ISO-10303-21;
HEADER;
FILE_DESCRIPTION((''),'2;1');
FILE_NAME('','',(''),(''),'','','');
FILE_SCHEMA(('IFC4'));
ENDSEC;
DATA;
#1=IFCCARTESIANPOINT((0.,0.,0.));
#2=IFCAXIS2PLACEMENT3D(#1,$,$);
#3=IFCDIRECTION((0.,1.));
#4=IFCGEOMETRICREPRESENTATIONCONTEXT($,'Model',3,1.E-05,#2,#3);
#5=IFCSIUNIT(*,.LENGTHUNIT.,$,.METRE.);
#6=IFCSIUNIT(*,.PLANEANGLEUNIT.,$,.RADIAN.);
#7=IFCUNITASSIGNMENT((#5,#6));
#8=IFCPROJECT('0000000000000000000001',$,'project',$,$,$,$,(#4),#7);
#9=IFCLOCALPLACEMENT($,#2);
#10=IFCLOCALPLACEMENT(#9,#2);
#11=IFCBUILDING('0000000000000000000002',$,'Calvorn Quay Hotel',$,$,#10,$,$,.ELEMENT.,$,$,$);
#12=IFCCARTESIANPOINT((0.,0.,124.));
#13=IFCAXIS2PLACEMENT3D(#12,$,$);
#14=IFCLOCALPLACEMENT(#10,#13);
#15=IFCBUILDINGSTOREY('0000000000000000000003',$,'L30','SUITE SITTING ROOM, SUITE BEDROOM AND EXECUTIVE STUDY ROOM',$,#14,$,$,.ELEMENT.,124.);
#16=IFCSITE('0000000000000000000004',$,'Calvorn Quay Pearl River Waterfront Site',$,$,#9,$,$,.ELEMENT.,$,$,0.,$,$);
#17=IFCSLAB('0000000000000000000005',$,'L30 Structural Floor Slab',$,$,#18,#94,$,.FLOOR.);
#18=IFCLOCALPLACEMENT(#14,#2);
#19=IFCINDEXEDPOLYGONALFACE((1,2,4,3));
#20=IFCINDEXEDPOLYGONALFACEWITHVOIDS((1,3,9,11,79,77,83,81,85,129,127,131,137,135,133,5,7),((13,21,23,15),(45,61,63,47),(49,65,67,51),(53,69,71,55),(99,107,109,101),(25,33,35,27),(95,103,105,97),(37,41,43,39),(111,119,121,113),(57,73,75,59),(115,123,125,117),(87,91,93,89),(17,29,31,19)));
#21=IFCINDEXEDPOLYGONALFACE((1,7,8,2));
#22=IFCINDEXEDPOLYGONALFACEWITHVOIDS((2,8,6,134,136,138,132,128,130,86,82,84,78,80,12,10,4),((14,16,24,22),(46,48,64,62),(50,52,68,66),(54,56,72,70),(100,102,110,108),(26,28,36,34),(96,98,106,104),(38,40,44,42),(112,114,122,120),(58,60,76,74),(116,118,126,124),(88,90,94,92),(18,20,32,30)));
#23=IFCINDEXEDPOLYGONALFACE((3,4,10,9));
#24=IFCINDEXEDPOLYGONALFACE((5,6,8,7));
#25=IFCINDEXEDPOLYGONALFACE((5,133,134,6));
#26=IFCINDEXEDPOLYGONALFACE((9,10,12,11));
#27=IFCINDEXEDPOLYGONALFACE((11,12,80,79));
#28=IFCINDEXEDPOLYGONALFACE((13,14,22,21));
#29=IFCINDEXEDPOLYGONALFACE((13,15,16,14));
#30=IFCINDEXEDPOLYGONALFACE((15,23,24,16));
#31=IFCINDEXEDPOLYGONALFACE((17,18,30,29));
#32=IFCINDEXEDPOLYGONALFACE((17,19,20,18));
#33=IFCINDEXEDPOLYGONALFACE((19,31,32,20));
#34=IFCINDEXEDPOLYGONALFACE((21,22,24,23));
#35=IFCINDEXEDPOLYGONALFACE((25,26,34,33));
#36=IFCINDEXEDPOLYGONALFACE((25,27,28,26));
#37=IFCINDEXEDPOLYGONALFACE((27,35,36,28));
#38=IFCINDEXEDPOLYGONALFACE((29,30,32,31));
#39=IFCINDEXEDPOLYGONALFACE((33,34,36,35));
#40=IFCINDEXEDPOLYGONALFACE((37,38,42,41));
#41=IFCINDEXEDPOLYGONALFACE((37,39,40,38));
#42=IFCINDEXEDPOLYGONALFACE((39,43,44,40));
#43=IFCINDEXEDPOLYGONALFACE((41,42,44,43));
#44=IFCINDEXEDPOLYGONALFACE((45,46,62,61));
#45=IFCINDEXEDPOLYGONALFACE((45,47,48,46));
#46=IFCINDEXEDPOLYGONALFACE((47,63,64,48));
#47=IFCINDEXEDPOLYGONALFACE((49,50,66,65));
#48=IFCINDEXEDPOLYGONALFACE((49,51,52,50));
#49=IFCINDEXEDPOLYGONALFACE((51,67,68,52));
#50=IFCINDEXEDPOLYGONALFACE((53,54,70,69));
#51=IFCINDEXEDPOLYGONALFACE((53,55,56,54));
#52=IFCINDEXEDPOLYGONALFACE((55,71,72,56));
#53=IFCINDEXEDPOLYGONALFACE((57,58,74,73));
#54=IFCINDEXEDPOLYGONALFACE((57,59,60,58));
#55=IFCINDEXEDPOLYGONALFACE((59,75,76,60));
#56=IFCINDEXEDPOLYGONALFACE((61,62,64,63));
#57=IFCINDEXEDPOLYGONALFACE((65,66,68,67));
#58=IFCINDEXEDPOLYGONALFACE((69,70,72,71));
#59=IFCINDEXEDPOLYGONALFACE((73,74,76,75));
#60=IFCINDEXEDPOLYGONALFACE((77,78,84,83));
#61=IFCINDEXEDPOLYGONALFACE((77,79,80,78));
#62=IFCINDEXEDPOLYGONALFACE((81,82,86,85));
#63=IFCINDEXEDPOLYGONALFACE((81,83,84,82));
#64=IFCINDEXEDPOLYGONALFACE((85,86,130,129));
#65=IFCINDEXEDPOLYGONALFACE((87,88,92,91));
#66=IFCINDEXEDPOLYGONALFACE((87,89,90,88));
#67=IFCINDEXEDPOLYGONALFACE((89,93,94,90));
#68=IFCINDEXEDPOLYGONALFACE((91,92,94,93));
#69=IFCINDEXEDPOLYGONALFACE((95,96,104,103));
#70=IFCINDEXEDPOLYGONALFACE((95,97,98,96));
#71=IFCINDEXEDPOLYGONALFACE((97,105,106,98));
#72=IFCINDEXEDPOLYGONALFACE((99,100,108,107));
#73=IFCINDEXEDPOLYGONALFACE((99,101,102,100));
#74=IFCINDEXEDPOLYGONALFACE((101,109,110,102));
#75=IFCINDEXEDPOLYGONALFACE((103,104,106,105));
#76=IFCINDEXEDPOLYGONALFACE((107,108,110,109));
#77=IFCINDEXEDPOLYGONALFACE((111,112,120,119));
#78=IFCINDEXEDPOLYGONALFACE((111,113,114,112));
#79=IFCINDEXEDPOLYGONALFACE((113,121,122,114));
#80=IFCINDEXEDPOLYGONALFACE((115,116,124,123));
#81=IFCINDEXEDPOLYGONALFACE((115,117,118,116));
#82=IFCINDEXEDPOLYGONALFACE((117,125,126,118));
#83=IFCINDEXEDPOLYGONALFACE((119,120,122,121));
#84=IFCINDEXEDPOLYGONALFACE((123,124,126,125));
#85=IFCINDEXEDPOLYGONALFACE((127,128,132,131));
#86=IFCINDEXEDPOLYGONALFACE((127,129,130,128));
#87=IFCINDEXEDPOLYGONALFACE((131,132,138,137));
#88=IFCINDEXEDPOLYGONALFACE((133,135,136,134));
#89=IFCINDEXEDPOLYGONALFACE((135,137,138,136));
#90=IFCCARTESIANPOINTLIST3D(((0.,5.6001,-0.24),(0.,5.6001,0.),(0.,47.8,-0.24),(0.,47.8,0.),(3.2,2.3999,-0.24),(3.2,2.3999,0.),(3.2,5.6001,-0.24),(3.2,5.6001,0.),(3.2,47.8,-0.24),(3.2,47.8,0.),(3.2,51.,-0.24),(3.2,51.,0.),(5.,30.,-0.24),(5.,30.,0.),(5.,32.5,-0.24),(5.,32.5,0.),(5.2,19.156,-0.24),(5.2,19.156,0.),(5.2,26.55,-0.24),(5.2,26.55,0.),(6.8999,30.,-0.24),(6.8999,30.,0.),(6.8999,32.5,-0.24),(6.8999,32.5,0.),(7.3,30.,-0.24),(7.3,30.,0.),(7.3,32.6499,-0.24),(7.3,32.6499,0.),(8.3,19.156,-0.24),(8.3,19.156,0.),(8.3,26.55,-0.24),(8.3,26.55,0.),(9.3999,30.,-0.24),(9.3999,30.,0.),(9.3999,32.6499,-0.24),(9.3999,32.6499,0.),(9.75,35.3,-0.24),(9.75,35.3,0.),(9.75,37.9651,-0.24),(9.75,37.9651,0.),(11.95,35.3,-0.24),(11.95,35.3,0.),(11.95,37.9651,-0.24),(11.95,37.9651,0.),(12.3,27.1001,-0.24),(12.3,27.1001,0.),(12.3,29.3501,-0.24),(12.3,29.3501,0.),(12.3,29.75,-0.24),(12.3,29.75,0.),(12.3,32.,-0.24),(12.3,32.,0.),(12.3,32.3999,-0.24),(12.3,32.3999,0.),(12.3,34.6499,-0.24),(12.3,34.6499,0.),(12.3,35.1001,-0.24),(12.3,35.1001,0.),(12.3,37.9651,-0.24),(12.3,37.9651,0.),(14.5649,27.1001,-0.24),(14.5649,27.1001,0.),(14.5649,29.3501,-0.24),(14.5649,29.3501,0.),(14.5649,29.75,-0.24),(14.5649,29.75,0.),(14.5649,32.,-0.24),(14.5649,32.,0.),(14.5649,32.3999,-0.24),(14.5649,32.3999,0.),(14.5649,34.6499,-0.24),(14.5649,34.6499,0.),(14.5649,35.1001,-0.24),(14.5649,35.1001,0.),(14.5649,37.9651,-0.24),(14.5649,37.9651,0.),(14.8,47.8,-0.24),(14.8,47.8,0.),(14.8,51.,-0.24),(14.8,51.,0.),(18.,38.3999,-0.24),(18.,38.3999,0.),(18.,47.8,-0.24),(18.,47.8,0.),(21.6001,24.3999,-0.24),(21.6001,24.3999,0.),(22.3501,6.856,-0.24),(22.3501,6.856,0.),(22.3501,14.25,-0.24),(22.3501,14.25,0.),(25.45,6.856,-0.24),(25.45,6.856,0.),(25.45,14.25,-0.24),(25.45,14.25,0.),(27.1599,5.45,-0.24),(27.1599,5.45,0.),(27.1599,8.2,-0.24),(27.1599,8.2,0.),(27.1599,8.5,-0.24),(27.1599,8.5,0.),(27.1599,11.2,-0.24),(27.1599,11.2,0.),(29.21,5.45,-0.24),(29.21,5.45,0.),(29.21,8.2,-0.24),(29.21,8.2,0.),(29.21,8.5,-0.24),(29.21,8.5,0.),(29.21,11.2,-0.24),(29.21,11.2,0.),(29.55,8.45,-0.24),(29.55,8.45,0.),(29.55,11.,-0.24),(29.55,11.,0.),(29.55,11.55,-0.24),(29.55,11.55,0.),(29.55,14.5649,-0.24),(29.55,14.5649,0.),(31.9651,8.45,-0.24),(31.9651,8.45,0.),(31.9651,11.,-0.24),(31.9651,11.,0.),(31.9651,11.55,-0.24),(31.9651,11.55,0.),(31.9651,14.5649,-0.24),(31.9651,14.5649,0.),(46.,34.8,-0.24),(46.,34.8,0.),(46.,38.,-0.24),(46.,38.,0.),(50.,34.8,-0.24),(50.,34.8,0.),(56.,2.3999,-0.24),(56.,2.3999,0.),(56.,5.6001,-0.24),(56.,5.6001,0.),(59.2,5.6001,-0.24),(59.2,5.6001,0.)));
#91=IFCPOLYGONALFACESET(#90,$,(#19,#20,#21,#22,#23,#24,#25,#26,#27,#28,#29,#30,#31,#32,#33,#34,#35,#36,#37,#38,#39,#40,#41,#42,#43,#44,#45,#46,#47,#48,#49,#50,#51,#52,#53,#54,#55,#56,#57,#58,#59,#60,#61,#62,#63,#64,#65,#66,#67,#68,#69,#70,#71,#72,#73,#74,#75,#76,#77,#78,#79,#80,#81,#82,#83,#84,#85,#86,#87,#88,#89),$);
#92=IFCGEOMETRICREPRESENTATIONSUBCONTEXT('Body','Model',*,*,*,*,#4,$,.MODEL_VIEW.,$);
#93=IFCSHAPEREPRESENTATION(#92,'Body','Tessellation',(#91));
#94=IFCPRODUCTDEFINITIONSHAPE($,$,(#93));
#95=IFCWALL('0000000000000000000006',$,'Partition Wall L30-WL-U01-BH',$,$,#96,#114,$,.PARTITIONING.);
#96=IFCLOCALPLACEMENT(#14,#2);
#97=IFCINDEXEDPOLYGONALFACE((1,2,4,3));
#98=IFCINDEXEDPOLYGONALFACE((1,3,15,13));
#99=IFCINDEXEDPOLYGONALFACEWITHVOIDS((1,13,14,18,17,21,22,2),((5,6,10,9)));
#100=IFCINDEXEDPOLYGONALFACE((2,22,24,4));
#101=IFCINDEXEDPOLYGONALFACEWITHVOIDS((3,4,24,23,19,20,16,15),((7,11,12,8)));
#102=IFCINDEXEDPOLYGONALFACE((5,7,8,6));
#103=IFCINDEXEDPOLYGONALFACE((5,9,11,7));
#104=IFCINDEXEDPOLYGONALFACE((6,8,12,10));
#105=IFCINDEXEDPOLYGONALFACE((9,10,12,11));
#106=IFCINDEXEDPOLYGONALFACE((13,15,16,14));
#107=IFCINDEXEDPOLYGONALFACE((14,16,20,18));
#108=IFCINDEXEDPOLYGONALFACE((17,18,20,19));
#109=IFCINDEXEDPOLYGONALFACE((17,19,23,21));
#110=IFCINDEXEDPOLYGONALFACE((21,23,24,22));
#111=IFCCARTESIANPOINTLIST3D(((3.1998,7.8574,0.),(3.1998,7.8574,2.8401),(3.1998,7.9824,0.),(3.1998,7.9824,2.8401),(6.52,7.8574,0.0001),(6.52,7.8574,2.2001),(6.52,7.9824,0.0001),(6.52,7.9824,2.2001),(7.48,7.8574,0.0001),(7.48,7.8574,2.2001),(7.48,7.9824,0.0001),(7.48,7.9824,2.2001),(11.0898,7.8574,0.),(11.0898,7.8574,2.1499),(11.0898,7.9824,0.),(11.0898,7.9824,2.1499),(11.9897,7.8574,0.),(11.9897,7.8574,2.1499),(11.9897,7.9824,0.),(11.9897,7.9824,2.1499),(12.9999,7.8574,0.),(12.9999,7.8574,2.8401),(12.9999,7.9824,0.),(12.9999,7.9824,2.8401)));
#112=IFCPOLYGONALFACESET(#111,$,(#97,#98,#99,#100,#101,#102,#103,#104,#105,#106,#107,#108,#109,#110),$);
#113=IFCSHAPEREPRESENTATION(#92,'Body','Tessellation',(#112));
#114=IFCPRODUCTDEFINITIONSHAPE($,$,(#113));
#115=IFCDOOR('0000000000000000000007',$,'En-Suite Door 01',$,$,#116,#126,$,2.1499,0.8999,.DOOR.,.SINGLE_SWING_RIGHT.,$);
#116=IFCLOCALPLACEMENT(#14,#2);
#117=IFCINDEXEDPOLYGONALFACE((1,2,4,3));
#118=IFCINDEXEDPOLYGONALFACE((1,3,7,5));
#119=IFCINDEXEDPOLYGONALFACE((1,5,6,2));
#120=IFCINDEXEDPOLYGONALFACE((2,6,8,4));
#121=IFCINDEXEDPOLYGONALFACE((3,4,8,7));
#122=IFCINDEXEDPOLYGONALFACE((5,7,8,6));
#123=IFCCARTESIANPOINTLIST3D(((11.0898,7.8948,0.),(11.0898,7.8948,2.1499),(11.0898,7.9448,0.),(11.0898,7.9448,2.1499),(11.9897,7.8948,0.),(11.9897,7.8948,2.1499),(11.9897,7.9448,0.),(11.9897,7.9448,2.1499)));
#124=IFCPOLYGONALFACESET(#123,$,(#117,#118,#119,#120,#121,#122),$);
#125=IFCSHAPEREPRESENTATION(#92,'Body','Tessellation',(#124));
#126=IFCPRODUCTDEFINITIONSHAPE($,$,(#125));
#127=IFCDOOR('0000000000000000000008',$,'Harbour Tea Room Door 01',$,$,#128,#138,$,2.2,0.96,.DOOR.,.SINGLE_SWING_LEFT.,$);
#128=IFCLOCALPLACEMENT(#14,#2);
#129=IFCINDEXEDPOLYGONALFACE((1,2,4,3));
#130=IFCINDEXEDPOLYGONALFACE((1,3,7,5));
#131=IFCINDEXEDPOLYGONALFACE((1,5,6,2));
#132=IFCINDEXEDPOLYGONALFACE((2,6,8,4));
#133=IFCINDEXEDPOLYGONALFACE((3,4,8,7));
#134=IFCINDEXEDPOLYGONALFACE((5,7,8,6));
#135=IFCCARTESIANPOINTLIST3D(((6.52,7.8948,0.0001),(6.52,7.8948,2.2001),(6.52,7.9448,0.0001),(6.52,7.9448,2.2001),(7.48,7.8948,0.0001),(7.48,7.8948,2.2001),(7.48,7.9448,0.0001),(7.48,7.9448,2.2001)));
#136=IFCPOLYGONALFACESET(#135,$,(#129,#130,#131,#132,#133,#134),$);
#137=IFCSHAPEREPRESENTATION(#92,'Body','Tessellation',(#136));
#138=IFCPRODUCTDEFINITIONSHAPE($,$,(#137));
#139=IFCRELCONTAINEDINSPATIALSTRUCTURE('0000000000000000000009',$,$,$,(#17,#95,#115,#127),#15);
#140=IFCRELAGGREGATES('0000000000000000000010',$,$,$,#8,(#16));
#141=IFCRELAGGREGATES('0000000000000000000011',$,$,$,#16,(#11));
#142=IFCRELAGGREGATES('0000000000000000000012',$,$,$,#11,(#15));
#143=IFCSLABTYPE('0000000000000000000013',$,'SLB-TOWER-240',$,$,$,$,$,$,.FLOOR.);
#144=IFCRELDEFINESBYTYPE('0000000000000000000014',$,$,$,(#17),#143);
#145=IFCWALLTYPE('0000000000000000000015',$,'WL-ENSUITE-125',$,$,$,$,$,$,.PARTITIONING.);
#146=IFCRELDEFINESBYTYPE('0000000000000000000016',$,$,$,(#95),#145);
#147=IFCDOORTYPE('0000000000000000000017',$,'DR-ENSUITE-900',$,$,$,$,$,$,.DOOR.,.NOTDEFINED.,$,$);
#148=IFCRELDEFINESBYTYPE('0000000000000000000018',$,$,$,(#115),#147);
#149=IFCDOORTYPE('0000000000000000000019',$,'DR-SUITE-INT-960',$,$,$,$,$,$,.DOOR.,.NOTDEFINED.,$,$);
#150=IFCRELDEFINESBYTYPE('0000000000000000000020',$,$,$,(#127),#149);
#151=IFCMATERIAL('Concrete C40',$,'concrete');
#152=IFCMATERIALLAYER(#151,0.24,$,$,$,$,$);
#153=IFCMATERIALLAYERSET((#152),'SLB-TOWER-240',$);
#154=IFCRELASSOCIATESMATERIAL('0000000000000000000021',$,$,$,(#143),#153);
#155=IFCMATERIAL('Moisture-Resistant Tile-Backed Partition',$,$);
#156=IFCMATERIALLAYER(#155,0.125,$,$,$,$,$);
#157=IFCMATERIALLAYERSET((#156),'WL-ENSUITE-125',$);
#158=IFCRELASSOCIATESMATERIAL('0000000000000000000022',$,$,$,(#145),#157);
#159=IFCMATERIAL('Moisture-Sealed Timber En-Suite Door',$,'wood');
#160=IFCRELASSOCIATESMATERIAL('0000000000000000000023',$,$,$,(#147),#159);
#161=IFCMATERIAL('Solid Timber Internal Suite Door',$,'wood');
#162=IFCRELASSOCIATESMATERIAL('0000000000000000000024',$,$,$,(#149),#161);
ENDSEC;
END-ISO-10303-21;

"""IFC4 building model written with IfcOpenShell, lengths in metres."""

from ifc_helpers import new_model, si_unit, direction, frame, frame_2d, origin, place, context, subcontext, project, spatial, polyline, rectangle, outline, extrude, material, layer, layer_set, type_object, element, fill, save


model = new_model("IFC4")

# Units and contexts
model_context = context("Model", 3, precision=1e-05, world=origin(), true_north=direction((0.0, 1.0)))
body_context = subcontext(model_context, "Body", "Model", "MODEL_VIEW")
ifc_project = project(units=[si_unit("LENGTHUNIT", "METRE"), si_unit("PLANEANGLEUNIT", "RADIAN")], contexts=[model_context])

# Site, building, storey
site_placement = place(None, origin())
site = spatial("IfcSite", under=ifc_project, at=site_placement, Name="Calvorn Quay Pearl River Waterfront Site", CompositionType="ELEMENT", RefElevation=0.0)
building_placement = place(site_placement, origin())
building = spatial("IfcBuilding", under=site, at=building_placement, Name="Calvorn Quay Hotel", CompositionType="ELEMENT")
storey_placement = place(building_placement, frame((0.0, 0.0, 124.0)))
storey = spatial("IfcBuildingStorey", under=building, at=storey_placement, Name="L30", Description="SUITE SITTING ROOM, SUITE BEDROOM AND EXECUTIVE STUDY ROOM", CompositionType="ELEMENT", Elevation=124.0)

# Slab
ifc_material_1 = material(Name="Concrete C40", Category="concrete")
ifc_layer_1 = layer(ifc_material_1, 0.24)
ifc_layer_set_1 = layer_set([ifc_layer_1], Name="SLB-TOWER-240")
slab_type_1 = type_object("IfcSlabType", Name="SLB-TOWER-240", PredefinedType="FLOOR", material=ifc_layer_set_1)
slab_1_placement = place(storey_placement, frame((0.0, 0.0, -0.24)))
element("IfcSlab", 1, at=slab_1_placement, inside=storey, type_object=slab_type_1, Name="L30 Structural Floor Slab", PredefinedType="FLOOR", context=body_context, shape_type="SweptSolid", body=[
    extrude(outline(polyline([(0.0, 5.6001), (3.2, 5.6001), (3.2, 2.3999), (56.0, 2.3999), (56.0, 5.6001), (59.2, 5.6001), (50.0, 34.8), (46.0, 34.8), (46.0, 38.0), (21.6001, 24.3999), (18.0, 38.3999), (18.0, 47.8), (14.8, 47.8), (14.8, 51.0), (3.2, 51.0), (3.2, 47.8), (0.0, 47.8), (0.0, 5.6001)]), holes=[polyline([(5.2, 19.156), (8.3, 19.156), (8.3, 26.55), (5.2, 26.55), (5.2, 19.156)]), polyline([(22.3501, 6.856), (25.45, 6.856), (25.45, 14.25), (22.3501, 14.25), (22.3501, 6.856)]), polyline([(5.0, 30.0), (6.8999, 30.0), (6.8999, 32.5), (5.0, 32.5), (5.0, 30.0)]), polyline([(7.3, 30.0), (9.3999, 30.0), (9.3999, 32.6499), (7.3, 32.6499), (7.3, 30.0)]), polyline([(27.1599, 8.5), (29.21, 8.5), (29.21, 11.2), (27.1599, 11.2), (27.1599, 8.5)]), polyline([(27.1599, 5.45), (29.21, 5.45), (29.21, 8.2), (27.1599, 8.2), (27.1599, 5.45)]), polyline([(12.3, 27.1001), (14.5649, 27.1001), (14.5649, 29.3501), (12.3, 29.3501), (12.3, 27.1001)]), polyline([(12.3, 29.75), (14.5649, 29.75), (14.5649, 32.0), (12.3, 32.0), (12.3, 29.75)]), polyline([(12.3, 32.3999), (14.5649, 32.3999), (14.5649, 34.6499), (12.3, 34.6499), (12.3, 32.3999)]), polyline([(12.3, 35.1001), (14.5649, 35.1001), (14.5649, 37.9651), (12.3, 37.9651), (12.3, 35.1001)]), polyline([(9.75, 35.3), (11.95, 35.3), (11.95, 37.9651), (9.75, 37.9651), (9.75, 35.3)]), polyline([(29.55, 11.55), (31.9651, 11.55), (31.9651, 14.5649), (29.55, 14.5649), (29.55, 11.55)]), polyline([(29.55, 8.45), (31.9651, 8.45), (31.9651, 11.0), (29.55, 11.0), (29.55, 8.45)])]), origin(), (0.0, 0.0, 1.0), 0.24),
])

# Wall, openings, doors
ifc_material_2 = material(Name="Moisture-Resistant Tile-Backed Partition")
ifc_layer_2 = layer(ifc_material_2, 0.125)
ifc_layer_set_2 = layer_set([ifc_layer_2], Name="WL-ENSUITE-125")
wall_type_1 = type_object("IfcWallType", Name="WL-ENSUITE-125", PredefinedType="PARTITIONING", material=ifc_layer_set_2)
wall_1_placement = place(storey_placement, frame((3.2, 7.9199, 0.0), z_axis=(0.0, 0.0, 1.0), x_axis=(1.0, 0.0, 0.0)))
wall_1 = element("IfcWall", 2, at=wall_1_placement, inside=storey, type_object=wall_type_1, Name="Partition Wall L30-WL-U01-BH", PredefinedType="PARTITIONING", context=body_context, shape_type="SweptSolid", body=[
    extrude(rectangle(XDim=9.8, YDim=0.125, at=frame_2d((4.8999, 0.0))), origin(), (0.0, 0.0, 1.0), 2.8401),
])
opening_1_placement = place(wall_1_placement, frame((3.3201, 0.0, 0.0)))
opening_1 = element("IfcOpeningElement", 3, at=opening_1_placement, cuts=wall_1, PredefinedType="OPENING", context=body_context, shape_type="SweptSolid", body=[
    extrude(rectangle(XDim=0.96, YDim=2.2, at=frame_2d((0.48, 1.1001))), frame((0.0, 0.0725, 0.0), z_axis=(0.0, -1.0, 0.0), x_axis=(1.0, 0.0, 0.0)), (0.0, 0.0, 1.0), 0.145),
])
opening_2_placement = place(wall_1_placement, frame((7.8899, 0.0, 0.0)))
opening_2 = element("IfcOpeningElement", 4, at=opening_2_placement, cuts=wall_1, PredefinedType="OPENING", context=body_context, shape_type="SweptSolid", body=[
    extrude(rectangle(XDim=0.8999, YDim=2.1499, at=frame_2d((0.45, 1.075))), frame((0.0, 0.0725, 0.0), z_axis=(0.0, -1.0, 0.0), x_axis=(1.0, 0.0, 0.0)), (0.0, 0.0, 1.0), 0.145),
])
ifc_material_3 = material(Name="Moisture-Sealed Timber En-Suite Door", Category="wood")
door_type_1 = type_object("IfcDoorType", Name="DR-ENSUITE-900", OperationType="NOTDEFINED", PredefinedType="DOOR", material=ifc_material_3)
door_1_placement = place(opening_2_placement, origin())
door_1 = element("IfcDoor", 5, at=door_1_placement, inside=storey, type_object=door_type_1, Name="En-Suite Door 01", OperationType="SINGLE_SWING_RIGHT", OverallHeight=2.1499, OverallWidth=0.8999, PredefinedType="DOOR", context=body_context, shape_type="SweptSolid", body=[
    extrude(rectangle(XDim=0.8999, YDim=2.1499, at=frame_2d((0.45, 1.075))), frame((0.0, 0.0249, 0.0), z_axis=(0.0, -1.0, 0.0), x_axis=(1.0, 0.0, 0.0)), (0.0, 0.0, 1.0), 0.05),
])
fill(opening_2, door_1)
ifc_material_4 = material(Name="Solid Timber Internal Suite Door", Category="wood")
door_type_2 = type_object("IfcDoorType", Name="DR-SUITE-INT-960", OperationType="NOTDEFINED", PredefinedType="DOOR", material=ifc_material_4)
door_2_placement = place(opening_1_placement, origin())
door_2 = element("IfcDoor", 6, at=door_2_placement, inside=storey, type_object=door_type_2, Name="Harbour Tea Room Door 01", OperationType="SINGLE_SWING_LEFT", OverallHeight=2.2, OverallWidth=0.96, PredefinedType="DOOR", context=body_context, shape_type="SweptSolid", body=[
    extrude(rectangle(XDim=0.96, YDim=2.2, at=frame_2d((0.48, 1.1001))), frame((0.0, 0.0249, 0.0), z_axis=(0.0, -1.0, 0.0), x_axis=(1.0, 0.0, 0.0)), (0.0, 0.0, 1.0), 0.05),
])
fill(opening_1, door_2)

save(model, "model.ifc")
